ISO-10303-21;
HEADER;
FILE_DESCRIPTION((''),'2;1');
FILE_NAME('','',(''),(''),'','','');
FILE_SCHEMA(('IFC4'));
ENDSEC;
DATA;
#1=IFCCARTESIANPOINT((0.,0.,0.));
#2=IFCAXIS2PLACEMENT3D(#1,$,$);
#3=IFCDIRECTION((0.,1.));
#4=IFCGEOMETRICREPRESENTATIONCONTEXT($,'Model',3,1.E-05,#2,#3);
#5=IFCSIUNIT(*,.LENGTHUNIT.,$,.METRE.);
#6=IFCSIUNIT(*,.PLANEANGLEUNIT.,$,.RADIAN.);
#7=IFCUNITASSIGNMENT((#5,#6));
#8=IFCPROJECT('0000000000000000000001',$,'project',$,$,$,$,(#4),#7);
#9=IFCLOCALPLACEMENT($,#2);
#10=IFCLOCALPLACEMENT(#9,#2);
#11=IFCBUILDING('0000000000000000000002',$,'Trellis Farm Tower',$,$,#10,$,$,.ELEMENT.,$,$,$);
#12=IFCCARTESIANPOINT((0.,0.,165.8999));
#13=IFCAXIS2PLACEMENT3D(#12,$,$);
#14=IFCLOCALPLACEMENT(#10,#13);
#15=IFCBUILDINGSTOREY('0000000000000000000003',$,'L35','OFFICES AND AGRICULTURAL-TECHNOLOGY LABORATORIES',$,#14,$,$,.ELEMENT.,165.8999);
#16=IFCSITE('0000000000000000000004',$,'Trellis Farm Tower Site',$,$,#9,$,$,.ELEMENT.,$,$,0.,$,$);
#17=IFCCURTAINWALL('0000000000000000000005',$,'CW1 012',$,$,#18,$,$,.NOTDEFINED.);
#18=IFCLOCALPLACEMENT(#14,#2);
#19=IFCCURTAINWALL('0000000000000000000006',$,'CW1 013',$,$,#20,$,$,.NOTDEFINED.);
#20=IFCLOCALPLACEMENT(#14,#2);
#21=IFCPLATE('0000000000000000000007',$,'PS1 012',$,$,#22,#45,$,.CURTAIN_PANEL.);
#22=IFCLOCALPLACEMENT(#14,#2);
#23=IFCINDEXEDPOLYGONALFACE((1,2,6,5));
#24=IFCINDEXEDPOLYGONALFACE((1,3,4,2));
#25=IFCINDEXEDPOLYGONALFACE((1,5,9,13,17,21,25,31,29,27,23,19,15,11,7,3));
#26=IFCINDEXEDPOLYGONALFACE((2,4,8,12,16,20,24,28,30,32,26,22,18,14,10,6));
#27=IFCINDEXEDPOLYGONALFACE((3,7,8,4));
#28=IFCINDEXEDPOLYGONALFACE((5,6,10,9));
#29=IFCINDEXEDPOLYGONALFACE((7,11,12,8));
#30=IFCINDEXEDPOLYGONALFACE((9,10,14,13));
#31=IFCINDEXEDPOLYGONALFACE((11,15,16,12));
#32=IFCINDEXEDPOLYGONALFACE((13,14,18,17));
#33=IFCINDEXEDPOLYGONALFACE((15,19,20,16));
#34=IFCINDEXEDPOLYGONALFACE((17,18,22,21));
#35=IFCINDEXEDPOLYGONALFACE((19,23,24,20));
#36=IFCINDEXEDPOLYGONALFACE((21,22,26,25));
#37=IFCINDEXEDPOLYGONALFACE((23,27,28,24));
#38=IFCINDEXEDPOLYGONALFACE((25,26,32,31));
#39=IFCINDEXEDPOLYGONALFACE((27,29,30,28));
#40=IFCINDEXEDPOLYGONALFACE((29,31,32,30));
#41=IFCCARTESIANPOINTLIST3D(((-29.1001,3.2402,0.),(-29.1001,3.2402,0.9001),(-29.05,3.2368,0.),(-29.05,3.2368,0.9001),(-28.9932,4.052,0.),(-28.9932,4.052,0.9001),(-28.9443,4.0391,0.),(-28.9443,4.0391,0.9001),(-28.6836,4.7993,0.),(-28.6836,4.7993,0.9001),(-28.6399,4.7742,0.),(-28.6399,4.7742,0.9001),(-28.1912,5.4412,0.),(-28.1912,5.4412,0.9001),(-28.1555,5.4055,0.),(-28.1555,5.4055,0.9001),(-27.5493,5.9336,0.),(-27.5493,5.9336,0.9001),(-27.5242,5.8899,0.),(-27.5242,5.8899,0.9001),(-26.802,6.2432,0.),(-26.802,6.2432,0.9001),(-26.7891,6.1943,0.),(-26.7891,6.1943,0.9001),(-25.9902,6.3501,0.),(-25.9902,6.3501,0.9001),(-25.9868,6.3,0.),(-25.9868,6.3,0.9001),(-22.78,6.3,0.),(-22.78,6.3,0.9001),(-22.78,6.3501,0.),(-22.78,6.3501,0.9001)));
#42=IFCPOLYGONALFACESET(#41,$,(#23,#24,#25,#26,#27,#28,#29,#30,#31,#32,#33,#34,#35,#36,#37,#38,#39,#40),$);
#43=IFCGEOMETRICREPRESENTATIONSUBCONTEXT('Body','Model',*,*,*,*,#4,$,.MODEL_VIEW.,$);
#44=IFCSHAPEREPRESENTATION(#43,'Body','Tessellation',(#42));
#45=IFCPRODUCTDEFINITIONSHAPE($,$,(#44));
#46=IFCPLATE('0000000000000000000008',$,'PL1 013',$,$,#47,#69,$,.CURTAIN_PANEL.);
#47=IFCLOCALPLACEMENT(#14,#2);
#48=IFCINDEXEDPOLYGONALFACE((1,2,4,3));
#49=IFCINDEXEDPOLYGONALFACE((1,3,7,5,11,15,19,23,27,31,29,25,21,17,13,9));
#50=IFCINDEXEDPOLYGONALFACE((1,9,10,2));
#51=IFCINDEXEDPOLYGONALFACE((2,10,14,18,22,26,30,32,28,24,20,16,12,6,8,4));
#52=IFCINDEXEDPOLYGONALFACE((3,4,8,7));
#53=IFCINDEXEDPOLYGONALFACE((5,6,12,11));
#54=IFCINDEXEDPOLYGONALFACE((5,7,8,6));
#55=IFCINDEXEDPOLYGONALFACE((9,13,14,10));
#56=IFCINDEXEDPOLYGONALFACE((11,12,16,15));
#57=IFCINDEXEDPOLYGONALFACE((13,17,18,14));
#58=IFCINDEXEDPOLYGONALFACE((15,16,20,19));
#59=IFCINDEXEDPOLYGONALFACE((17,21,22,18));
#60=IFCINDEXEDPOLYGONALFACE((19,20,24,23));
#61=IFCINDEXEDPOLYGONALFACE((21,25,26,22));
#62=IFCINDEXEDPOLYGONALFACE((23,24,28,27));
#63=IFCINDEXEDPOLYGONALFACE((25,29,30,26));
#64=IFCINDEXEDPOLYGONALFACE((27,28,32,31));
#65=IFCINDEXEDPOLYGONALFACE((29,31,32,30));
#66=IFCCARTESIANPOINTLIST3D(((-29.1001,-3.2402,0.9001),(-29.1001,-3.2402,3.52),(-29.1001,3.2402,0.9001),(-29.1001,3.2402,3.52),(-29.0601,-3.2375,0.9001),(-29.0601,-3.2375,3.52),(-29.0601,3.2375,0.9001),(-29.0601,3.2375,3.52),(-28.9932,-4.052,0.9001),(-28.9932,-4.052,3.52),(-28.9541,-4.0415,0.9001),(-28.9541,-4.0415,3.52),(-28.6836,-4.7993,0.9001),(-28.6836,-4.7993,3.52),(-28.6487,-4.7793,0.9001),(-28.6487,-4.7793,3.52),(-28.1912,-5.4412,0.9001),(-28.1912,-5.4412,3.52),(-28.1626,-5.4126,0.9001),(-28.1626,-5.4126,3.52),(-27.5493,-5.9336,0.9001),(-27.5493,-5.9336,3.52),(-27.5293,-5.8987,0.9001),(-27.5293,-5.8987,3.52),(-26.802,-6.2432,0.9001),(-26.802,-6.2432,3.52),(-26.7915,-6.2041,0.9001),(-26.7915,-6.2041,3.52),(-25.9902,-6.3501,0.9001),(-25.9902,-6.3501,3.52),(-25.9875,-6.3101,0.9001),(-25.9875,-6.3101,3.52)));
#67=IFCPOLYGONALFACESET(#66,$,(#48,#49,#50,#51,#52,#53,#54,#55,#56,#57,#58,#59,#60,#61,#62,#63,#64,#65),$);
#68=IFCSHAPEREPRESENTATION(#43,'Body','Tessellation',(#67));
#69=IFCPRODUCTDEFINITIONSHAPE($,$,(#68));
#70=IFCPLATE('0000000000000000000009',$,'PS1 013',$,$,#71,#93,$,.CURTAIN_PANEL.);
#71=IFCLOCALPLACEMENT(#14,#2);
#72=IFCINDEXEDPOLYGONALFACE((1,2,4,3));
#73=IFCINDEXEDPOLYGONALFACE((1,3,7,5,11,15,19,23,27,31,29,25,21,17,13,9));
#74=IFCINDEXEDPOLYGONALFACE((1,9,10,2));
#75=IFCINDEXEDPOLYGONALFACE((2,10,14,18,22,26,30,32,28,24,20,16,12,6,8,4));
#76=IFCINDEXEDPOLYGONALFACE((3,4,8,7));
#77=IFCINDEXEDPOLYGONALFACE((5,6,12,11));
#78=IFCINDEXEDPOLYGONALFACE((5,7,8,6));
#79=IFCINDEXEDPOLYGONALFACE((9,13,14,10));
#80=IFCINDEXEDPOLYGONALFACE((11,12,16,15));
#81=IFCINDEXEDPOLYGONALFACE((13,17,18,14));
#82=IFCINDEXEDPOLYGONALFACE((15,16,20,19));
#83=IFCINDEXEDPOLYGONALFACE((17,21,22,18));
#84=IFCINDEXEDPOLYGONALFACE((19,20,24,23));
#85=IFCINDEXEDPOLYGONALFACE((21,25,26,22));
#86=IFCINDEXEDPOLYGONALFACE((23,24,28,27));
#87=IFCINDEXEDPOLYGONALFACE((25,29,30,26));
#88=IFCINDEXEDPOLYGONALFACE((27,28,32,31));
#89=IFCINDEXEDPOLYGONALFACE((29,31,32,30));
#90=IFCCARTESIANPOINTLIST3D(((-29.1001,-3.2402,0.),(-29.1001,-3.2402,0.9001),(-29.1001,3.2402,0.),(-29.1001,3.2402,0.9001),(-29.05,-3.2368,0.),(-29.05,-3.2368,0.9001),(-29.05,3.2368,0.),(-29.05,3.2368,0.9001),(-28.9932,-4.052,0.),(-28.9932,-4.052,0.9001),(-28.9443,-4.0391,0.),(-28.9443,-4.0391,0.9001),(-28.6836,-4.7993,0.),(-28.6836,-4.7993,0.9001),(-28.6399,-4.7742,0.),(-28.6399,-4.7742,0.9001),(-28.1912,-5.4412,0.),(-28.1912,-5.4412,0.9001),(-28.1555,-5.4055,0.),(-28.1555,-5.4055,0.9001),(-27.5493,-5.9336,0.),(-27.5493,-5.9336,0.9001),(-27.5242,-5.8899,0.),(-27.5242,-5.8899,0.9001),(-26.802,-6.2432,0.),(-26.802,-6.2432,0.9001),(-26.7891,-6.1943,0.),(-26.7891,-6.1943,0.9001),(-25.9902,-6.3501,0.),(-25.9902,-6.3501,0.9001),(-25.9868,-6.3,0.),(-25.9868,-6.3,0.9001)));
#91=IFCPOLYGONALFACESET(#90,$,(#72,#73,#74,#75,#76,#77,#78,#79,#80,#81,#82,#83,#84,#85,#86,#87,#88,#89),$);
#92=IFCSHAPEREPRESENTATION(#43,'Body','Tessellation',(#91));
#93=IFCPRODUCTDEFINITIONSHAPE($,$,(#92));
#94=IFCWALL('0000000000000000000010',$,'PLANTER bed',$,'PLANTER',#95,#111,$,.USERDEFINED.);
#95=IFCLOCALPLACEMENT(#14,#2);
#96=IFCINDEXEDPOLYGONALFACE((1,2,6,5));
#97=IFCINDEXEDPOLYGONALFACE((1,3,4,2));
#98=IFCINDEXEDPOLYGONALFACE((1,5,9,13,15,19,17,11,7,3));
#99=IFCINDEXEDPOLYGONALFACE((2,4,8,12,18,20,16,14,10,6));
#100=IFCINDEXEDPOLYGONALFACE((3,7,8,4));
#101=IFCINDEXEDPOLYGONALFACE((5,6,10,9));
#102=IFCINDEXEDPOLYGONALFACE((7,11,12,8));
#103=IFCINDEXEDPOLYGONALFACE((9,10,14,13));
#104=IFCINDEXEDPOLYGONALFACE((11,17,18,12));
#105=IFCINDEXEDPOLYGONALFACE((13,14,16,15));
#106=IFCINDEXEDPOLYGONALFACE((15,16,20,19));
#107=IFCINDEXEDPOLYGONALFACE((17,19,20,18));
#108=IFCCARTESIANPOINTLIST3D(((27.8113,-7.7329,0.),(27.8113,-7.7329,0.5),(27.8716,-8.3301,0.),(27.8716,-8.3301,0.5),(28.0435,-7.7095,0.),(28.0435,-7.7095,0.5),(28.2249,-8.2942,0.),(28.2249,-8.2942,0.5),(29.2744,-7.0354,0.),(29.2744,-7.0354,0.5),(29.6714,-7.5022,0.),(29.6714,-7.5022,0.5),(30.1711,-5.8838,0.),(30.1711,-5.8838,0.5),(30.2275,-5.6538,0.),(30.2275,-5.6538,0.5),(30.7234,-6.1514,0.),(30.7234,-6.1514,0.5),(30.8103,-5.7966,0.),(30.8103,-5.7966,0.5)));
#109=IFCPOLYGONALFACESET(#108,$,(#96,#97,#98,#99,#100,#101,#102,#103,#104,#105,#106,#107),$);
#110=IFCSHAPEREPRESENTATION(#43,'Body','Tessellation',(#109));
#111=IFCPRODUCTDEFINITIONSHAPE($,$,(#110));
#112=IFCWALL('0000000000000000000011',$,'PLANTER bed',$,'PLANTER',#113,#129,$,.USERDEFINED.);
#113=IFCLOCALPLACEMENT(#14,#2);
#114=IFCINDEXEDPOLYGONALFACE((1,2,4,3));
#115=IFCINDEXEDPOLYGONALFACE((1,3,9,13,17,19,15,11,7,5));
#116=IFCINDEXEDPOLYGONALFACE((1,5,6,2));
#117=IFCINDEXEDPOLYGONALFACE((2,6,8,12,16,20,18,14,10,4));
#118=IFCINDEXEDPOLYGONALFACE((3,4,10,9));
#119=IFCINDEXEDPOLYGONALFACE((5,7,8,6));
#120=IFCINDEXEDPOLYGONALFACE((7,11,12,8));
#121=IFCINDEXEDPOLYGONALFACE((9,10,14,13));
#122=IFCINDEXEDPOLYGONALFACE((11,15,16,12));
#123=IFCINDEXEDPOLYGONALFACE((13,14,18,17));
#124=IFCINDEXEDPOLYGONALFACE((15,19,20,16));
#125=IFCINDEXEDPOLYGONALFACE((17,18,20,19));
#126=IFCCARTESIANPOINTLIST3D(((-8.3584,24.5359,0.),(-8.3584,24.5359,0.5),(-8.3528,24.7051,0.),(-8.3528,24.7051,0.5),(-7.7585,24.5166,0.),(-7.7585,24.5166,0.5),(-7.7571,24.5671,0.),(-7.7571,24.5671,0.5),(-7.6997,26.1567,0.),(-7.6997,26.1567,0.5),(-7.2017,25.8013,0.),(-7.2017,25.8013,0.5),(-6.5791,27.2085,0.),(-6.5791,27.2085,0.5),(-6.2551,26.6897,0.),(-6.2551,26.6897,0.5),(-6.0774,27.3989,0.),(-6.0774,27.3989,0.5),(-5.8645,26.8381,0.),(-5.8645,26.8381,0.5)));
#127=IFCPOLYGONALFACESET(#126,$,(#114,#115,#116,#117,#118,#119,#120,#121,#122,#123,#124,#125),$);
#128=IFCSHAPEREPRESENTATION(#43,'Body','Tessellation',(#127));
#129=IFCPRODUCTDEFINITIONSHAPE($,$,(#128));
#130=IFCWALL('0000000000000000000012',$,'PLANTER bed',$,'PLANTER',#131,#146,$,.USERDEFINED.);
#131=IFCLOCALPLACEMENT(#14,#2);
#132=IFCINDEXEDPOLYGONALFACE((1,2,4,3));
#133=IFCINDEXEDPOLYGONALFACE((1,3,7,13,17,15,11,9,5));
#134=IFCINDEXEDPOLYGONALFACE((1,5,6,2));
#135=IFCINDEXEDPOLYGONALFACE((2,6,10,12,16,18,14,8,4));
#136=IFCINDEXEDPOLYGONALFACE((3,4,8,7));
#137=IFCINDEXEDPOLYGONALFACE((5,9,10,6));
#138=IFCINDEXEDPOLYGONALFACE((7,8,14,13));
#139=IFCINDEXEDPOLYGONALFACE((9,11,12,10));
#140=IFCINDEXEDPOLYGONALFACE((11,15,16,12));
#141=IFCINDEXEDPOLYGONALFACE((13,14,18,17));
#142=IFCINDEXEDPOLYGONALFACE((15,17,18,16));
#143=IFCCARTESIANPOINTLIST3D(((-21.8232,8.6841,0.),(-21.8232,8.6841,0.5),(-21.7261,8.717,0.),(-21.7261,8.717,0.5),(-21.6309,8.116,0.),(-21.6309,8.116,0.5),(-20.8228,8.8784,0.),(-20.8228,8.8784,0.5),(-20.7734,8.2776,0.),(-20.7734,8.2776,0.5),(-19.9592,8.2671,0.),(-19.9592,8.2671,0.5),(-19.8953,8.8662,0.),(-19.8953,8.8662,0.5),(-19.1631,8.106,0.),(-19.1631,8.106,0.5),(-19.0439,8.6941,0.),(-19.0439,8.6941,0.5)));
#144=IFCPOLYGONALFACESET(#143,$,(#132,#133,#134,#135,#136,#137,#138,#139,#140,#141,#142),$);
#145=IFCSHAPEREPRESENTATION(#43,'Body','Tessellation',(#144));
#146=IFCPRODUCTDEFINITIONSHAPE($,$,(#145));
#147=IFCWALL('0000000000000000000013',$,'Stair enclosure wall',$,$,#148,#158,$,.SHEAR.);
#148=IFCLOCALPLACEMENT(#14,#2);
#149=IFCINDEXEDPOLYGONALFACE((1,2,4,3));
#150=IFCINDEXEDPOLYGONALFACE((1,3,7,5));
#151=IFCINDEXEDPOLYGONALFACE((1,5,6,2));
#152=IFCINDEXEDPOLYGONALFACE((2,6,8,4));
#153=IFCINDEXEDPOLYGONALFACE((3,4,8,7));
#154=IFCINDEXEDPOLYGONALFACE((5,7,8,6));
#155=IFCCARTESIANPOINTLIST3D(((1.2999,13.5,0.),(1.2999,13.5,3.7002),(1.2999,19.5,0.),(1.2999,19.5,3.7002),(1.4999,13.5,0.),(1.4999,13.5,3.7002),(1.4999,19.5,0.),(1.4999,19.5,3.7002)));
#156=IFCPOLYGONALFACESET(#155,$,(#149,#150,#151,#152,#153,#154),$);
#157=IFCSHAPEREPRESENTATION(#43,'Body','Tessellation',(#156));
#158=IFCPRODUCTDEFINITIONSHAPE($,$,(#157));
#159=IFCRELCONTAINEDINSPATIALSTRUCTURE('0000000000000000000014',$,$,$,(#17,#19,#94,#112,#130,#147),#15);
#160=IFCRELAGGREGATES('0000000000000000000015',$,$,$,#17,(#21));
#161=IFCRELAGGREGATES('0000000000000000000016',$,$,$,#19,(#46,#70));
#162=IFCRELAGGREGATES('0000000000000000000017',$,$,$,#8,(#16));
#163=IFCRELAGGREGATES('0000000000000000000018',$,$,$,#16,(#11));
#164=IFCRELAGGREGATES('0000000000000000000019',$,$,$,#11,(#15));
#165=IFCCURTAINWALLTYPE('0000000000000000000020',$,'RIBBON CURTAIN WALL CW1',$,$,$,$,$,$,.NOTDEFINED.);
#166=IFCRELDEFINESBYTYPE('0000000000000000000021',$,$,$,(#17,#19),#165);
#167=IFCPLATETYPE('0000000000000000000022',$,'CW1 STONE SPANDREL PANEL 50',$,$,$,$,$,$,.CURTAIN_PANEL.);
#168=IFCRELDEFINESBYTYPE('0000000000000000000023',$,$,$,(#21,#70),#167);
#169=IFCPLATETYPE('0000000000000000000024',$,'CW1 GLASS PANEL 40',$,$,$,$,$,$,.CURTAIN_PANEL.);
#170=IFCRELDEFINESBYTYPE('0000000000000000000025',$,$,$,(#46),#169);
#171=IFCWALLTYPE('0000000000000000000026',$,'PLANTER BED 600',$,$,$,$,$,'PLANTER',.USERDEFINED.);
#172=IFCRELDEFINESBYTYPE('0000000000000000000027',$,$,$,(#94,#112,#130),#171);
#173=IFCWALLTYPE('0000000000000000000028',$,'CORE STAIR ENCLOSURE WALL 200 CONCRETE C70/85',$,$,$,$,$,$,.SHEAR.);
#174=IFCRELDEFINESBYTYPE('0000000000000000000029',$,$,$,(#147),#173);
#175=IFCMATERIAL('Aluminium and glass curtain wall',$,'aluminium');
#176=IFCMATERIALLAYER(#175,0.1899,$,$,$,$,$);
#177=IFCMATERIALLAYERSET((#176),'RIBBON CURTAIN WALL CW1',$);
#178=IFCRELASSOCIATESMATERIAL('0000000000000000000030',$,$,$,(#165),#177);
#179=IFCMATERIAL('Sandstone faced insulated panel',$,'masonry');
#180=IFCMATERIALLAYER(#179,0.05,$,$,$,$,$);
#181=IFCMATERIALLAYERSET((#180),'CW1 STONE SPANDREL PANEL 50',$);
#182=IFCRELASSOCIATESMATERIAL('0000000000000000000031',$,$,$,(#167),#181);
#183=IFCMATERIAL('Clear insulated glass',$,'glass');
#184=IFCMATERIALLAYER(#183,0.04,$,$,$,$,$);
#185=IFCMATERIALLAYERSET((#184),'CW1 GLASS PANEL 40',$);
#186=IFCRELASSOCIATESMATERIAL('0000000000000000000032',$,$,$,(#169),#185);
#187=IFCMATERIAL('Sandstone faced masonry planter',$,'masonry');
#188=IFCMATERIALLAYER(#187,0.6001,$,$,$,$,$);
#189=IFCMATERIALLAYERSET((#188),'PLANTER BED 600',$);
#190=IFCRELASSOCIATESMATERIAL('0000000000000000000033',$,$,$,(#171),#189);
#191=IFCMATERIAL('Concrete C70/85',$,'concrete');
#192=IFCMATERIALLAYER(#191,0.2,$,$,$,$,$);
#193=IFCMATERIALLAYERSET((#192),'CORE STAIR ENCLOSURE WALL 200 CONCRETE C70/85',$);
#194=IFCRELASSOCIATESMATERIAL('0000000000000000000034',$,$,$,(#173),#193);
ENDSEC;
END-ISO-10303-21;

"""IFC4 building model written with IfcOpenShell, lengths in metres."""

from ifc_helpers import new_model, si_unit, direction, frame, frame_2d, origin, place, context, subcontext, project, spatial, polyline, rectangle, outline, extrude, source, transform, mapped, material, layer, layer_set, type_object, element, aggregate, save


model = new_model("IFC4")

# Units and contexts
model_context = context("Model", 3, precision=1e-05, world=origin(), true_north=direction((0.0, 1.0)))
body_context = subcontext(model_context, "Body", "Model", "MODEL_VIEW")
ifc_project = project(units=[si_unit("LENGTHUNIT", "METRE"), si_unit("PLANEANGLEUNIT", "RADIAN")], contexts=[model_context])

# Site, building, storey
site_placement = place(None, origin())
site = spatial("IfcSite", under=ifc_project, at=site_placement, Name="Trellis Farm Tower Site", CompositionType="ELEMENT", RefElevation=0.0)
building_placement = place(site_placement, origin())
building = spatial("IfcBuilding", under=site, at=building_placement, Name="Trellis Farm Tower", CompositionType="ELEMENT")
storey_placement = place(building_placement, frame((0.0, 0.0, 165.8999)))
storey = spatial("IfcBuildingStorey", under=building, at=storey_placement, Name="L35", Description="OFFICES AND AGRICULTURAL-TECHNOLOGY LABORATORIES", CompositionType="ELEMENT", Elevation=165.8999)

# Shared definitions
ifc_material_1 = material(Name="Aluminium and glass curtain wall", Category="aluminium")
ifc_layer_1 = layer(ifc_material_1, 0.1899)
ifc_layer_set_1 = layer_set([ifc_layer_1], Name="RIBBON CURTAIN WALL CW1")
curtain_wall_type_1 = type_object("IfcCurtainWallType", Name="RIBBON CURTAIN WALL CW1", PredefinedType="NOTDEFINED", material=ifc_layer_set_1)
placement_1 = place(storey_placement, origin())

# Curtain walls
curtain_wall_1 = element("IfcCurtainWall", 1, at=placement_1, inside=storey, type_object=curtain_wall_type_1, Name="CW1 012", PredefinedType="NOTDEFINED")
curtain_wall_2 = element("IfcCurtainWall", 2, at=placement_1, inside=storey, type_object=curtain_wall_type_1, Name="CW1 013", PredefinedType="NOTDEFINED")

# Plates
ifc_material_2 = material(Name="Clear insulated glass", Category="glass")
ifc_material_3 = material(Name="Sandstone faced insulated panel", Category="masonry")
ifc_layer_2 = layer(ifc_material_3, 0.05)
ifc_layer_set_2 = layer_set([ifc_layer_2], Name="CW1 STONE SPANDREL PANEL 50")
plate_type_1 = type_object("IfcPlateType", Name="CW1 STONE SPANDREL PANEL 50", PredefinedType="CURTAIN_PANEL", material=ifc_layer_set_2)
ifc_layer_3 = layer(ifc_material_2, 0.04)
ifc_layer_set_3 = layer_set([ifc_layer_3], Name="CW1 GLASS PANEL 40")
plate_type_2 = type_object("IfcPlateType", Name="CW1 GLASS PANEL 40", PredefinedType="CURTAIN_PANEL", material=ifc_layer_set_3)
placement_2 = place(storey_placement, frame((0.0, 0.0, 0.9001)))
shared_shape_1 = source(origin(), body_context, "Body", "SweptSolid", [
    extrude(outline(polyline([(-22.78, 6.3501), (-25.9902, 6.3501), (-26.802, 6.2432), (-27.5493, 5.9336), (-28.1912, 5.4412), (-28.6836, 4.7993), (-28.9932, 4.052), (-29.1001, 3.2402), (-29.05, 3.2368), (-28.9443, 4.0391), (-28.6399, 4.7742), (-28.1555, 5.4055), (-27.5242, 5.8899), (-26.7891, 6.1943), (-25.9868, 6.3), (-22.78, 6.3), (-22.78, 6.3501)])), origin(), (0.0, 0.0, 1.0), 0.9001),
])
plate_1 = element("IfcPlate", 3, at=placement_1, type_object=plate_type_1, Name="PS1 012", PredefinedType="CURTAIN_PANEL", context=body_context, shape_type="MappedRepresentation", body=[
    mapped(shared_shape_1, transform((0.0, 0.0, 0.0))),
])
aggregate(curtain_wall_1, [plate_1])
shared_shape_2 = source(origin(), body_context, "Body", "SweptSolid", [
    extrude(outline(polyline([(-29.1001, 3.2402), (-29.1001, -3.2402), (-28.9932, -4.052), (-28.6836, -4.7993), (-28.1912, -5.4412), (-27.5493, -5.9336), (-26.802, -6.2432), (-25.9902, -6.3501), (-25.9875, -6.3101), (-26.7915, -6.2041), (-27.5293, -5.8987), (-28.1626, -5.4126), (-28.6487, -4.7793), (-28.9541, -4.0415), (-29.0601, -3.2375), (-29.0601, 3.2375), (-29.1001, 3.2402)])), origin(), (0.0, 0.0, 1.0), 2.6199),
])
plate_2 = element("IfcPlate", 4, at=placement_2, type_object=plate_type_2, Name="PL1 013", PredefinedType="CURTAIN_PANEL", context=body_context, shape_type="MappedRepresentation", body=[
    mapped(shared_shape_2, transform((0.0, 0.0, 0.0))),
])
shared_shape_3 = source(origin(), body_context, "Body", "SweptSolid", [
    extrude(outline(polyline([(-29.1001, 3.2402), (-29.1001, -3.2402), (-28.9932, -4.052), (-28.6836, -4.7993), (-28.1912, -5.4412), (-27.5493, -5.9336), (-26.802, -6.2432), (-25.9902, -6.3501), (-25.9868, -6.3), (-26.7891, -6.1943), (-27.5242, -5.8899), (-28.1555, -5.4055), (-28.6399, -4.7742), (-28.9443, -4.0391), (-29.05, -3.2368), (-29.05, 3.2368), (-29.1001, 3.2402)])), origin(), (0.0, 0.0, 1.0), 0.9001),
])
plate_3 = element("IfcPlate", 5, at=placement_1, type_object=plate_type_1, Name="PS1 013", PredefinedType="CURTAIN_PANEL", context=body_context, shape_type="MappedRepresentation", body=[
    mapped(shared_shape_3, transform((0.0, 0.0, 0.0))),
])
aggregate(curtain_wall_2, [plate_2, plate_3])

# Walls
ifc_material_4 = material(Name="Sandstone faced masonry planter", Category="masonry")
ifc_layer_4 = layer(ifc_material_4, 0.6001)
ifc_layer_set_4 = layer_set([ifc_layer_4], Name="PLANTER BED 600")
wall_type_1 = type_object("IfcWallType", Name="PLANTER BED 600", ElementType="PLANTER", PredefinedType="USERDEFINED", material=ifc_layer_set_4)
element("IfcWall", 6, at=placement_1, inside=storey, type_object=wall_type_1, Name="PLANTER bed", ObjectType="PLANTER", PredefinedType="USERDEFINED", context=body_context, shape_type="SweptSolid", body=[
    extrude(outline(polyline([(30.7234, -6.1514), (29.6714, -7.5022), (28.2249, -8.2942), (27.8716, -8.3301), (27.8113, -7.7329), (28.0435, -7.7095), (29.2744, -7.0354), (30.1711, -5.8838), (30.2275, -5.6538), (30.8103, -5.7966), (30.7234, -6.1514)])), origin(), (0.0, 0.0, 1.0), 0.5),
])
element("IfcWall", 7, at=placement_1, inside=storey, type_object=wall_type_1, Name="PLANTER bed", ObjectType="PLANTER", PredefinedType="USERDEFINED", context=body_context, shape_type="SweptSolid", body=[
    extrude(outline(polyline([(-7.6997, 26.1567), (-6.5791, 27.2085), (-6.0774, 27.3989), (-5.8645, 26.8381), (-6.2551, 26.6897), (-7.2017, 25.8013), (-7.7571, 24.5671), (-7.7585, 24.5166), (-8.3584, 24.5359), (-8.3528, 24.7051), (-7.6997, 26.1567)])), origin(), (0.0, 0.0, 1.0), 0.5),
])
element("IfcWall", 8, at=placement_1, inside=storey, type_object=wall_type_1, Name="PLANTER bed", ObjectType="PLANTER", PredefinedType="USERDEFINED", context=body_context, shape_type="SweptSolid", body=[
    extrude(outline(polyline([(-20.8228, 8.8784), (-19.8953, 8.8662), (-19.0439, 8.6941), (-19.1631, 8.106), (-19.9592, 8.2671), (-20.7734, 8.2776), (-21.6309, 8.116), (-21.8232, 8.6841), (-21.7261, 8.717), (-20.8228, 8.8784)])), origin(), (0.0, 0.0, 1.0), 0.5),
])
ifc_material_5 = material(Name="Concrete C70/85", Category="concrete")
ifc_layer_5 = layer(ifc_material_5, 0.2)
ifc_layer_set_5 = layer_set([ifc_layer_5], Name="CORE STAIR ENCLOSURE WALL 200 CONCRETE C70/85")
wall_type_2 = type_object("IfcWallType", Name="CORE STAIR ENCLOSURE WALL 200 CONCRETE C70/85", PredefinedType="SHEAR", material=ifc_layer_set_5)
shared_shape_4 = source(origin(), body_context, "Body", "SweptSolid", [
    extrude(rectangle(XDim=6.0, YDim=0.2, at=frame_2d((3.0, 0.0))), origin(), (0.0, 0.0, 1.0), 3.7002),
])
wall_1_placement = place(storey_placement, frame((1.3999, 13.5, 0.0), z_axis=(0.0, 0.0, 1.0), x_axis=(0.0, 1.0, 0.0)))
element("IfcWall", 9, at=wall_1_placement, inside=storey, type_object=wall_type_2, Name="Stair enclosure wall", PredefinedType="SHEAR", context=body_context, shape_type="MappedRepresentation", body=[
    mapped(shared_shape_4, transform((0.0, 0.0, 0.0))),
])

save(model, "model.ifc")
